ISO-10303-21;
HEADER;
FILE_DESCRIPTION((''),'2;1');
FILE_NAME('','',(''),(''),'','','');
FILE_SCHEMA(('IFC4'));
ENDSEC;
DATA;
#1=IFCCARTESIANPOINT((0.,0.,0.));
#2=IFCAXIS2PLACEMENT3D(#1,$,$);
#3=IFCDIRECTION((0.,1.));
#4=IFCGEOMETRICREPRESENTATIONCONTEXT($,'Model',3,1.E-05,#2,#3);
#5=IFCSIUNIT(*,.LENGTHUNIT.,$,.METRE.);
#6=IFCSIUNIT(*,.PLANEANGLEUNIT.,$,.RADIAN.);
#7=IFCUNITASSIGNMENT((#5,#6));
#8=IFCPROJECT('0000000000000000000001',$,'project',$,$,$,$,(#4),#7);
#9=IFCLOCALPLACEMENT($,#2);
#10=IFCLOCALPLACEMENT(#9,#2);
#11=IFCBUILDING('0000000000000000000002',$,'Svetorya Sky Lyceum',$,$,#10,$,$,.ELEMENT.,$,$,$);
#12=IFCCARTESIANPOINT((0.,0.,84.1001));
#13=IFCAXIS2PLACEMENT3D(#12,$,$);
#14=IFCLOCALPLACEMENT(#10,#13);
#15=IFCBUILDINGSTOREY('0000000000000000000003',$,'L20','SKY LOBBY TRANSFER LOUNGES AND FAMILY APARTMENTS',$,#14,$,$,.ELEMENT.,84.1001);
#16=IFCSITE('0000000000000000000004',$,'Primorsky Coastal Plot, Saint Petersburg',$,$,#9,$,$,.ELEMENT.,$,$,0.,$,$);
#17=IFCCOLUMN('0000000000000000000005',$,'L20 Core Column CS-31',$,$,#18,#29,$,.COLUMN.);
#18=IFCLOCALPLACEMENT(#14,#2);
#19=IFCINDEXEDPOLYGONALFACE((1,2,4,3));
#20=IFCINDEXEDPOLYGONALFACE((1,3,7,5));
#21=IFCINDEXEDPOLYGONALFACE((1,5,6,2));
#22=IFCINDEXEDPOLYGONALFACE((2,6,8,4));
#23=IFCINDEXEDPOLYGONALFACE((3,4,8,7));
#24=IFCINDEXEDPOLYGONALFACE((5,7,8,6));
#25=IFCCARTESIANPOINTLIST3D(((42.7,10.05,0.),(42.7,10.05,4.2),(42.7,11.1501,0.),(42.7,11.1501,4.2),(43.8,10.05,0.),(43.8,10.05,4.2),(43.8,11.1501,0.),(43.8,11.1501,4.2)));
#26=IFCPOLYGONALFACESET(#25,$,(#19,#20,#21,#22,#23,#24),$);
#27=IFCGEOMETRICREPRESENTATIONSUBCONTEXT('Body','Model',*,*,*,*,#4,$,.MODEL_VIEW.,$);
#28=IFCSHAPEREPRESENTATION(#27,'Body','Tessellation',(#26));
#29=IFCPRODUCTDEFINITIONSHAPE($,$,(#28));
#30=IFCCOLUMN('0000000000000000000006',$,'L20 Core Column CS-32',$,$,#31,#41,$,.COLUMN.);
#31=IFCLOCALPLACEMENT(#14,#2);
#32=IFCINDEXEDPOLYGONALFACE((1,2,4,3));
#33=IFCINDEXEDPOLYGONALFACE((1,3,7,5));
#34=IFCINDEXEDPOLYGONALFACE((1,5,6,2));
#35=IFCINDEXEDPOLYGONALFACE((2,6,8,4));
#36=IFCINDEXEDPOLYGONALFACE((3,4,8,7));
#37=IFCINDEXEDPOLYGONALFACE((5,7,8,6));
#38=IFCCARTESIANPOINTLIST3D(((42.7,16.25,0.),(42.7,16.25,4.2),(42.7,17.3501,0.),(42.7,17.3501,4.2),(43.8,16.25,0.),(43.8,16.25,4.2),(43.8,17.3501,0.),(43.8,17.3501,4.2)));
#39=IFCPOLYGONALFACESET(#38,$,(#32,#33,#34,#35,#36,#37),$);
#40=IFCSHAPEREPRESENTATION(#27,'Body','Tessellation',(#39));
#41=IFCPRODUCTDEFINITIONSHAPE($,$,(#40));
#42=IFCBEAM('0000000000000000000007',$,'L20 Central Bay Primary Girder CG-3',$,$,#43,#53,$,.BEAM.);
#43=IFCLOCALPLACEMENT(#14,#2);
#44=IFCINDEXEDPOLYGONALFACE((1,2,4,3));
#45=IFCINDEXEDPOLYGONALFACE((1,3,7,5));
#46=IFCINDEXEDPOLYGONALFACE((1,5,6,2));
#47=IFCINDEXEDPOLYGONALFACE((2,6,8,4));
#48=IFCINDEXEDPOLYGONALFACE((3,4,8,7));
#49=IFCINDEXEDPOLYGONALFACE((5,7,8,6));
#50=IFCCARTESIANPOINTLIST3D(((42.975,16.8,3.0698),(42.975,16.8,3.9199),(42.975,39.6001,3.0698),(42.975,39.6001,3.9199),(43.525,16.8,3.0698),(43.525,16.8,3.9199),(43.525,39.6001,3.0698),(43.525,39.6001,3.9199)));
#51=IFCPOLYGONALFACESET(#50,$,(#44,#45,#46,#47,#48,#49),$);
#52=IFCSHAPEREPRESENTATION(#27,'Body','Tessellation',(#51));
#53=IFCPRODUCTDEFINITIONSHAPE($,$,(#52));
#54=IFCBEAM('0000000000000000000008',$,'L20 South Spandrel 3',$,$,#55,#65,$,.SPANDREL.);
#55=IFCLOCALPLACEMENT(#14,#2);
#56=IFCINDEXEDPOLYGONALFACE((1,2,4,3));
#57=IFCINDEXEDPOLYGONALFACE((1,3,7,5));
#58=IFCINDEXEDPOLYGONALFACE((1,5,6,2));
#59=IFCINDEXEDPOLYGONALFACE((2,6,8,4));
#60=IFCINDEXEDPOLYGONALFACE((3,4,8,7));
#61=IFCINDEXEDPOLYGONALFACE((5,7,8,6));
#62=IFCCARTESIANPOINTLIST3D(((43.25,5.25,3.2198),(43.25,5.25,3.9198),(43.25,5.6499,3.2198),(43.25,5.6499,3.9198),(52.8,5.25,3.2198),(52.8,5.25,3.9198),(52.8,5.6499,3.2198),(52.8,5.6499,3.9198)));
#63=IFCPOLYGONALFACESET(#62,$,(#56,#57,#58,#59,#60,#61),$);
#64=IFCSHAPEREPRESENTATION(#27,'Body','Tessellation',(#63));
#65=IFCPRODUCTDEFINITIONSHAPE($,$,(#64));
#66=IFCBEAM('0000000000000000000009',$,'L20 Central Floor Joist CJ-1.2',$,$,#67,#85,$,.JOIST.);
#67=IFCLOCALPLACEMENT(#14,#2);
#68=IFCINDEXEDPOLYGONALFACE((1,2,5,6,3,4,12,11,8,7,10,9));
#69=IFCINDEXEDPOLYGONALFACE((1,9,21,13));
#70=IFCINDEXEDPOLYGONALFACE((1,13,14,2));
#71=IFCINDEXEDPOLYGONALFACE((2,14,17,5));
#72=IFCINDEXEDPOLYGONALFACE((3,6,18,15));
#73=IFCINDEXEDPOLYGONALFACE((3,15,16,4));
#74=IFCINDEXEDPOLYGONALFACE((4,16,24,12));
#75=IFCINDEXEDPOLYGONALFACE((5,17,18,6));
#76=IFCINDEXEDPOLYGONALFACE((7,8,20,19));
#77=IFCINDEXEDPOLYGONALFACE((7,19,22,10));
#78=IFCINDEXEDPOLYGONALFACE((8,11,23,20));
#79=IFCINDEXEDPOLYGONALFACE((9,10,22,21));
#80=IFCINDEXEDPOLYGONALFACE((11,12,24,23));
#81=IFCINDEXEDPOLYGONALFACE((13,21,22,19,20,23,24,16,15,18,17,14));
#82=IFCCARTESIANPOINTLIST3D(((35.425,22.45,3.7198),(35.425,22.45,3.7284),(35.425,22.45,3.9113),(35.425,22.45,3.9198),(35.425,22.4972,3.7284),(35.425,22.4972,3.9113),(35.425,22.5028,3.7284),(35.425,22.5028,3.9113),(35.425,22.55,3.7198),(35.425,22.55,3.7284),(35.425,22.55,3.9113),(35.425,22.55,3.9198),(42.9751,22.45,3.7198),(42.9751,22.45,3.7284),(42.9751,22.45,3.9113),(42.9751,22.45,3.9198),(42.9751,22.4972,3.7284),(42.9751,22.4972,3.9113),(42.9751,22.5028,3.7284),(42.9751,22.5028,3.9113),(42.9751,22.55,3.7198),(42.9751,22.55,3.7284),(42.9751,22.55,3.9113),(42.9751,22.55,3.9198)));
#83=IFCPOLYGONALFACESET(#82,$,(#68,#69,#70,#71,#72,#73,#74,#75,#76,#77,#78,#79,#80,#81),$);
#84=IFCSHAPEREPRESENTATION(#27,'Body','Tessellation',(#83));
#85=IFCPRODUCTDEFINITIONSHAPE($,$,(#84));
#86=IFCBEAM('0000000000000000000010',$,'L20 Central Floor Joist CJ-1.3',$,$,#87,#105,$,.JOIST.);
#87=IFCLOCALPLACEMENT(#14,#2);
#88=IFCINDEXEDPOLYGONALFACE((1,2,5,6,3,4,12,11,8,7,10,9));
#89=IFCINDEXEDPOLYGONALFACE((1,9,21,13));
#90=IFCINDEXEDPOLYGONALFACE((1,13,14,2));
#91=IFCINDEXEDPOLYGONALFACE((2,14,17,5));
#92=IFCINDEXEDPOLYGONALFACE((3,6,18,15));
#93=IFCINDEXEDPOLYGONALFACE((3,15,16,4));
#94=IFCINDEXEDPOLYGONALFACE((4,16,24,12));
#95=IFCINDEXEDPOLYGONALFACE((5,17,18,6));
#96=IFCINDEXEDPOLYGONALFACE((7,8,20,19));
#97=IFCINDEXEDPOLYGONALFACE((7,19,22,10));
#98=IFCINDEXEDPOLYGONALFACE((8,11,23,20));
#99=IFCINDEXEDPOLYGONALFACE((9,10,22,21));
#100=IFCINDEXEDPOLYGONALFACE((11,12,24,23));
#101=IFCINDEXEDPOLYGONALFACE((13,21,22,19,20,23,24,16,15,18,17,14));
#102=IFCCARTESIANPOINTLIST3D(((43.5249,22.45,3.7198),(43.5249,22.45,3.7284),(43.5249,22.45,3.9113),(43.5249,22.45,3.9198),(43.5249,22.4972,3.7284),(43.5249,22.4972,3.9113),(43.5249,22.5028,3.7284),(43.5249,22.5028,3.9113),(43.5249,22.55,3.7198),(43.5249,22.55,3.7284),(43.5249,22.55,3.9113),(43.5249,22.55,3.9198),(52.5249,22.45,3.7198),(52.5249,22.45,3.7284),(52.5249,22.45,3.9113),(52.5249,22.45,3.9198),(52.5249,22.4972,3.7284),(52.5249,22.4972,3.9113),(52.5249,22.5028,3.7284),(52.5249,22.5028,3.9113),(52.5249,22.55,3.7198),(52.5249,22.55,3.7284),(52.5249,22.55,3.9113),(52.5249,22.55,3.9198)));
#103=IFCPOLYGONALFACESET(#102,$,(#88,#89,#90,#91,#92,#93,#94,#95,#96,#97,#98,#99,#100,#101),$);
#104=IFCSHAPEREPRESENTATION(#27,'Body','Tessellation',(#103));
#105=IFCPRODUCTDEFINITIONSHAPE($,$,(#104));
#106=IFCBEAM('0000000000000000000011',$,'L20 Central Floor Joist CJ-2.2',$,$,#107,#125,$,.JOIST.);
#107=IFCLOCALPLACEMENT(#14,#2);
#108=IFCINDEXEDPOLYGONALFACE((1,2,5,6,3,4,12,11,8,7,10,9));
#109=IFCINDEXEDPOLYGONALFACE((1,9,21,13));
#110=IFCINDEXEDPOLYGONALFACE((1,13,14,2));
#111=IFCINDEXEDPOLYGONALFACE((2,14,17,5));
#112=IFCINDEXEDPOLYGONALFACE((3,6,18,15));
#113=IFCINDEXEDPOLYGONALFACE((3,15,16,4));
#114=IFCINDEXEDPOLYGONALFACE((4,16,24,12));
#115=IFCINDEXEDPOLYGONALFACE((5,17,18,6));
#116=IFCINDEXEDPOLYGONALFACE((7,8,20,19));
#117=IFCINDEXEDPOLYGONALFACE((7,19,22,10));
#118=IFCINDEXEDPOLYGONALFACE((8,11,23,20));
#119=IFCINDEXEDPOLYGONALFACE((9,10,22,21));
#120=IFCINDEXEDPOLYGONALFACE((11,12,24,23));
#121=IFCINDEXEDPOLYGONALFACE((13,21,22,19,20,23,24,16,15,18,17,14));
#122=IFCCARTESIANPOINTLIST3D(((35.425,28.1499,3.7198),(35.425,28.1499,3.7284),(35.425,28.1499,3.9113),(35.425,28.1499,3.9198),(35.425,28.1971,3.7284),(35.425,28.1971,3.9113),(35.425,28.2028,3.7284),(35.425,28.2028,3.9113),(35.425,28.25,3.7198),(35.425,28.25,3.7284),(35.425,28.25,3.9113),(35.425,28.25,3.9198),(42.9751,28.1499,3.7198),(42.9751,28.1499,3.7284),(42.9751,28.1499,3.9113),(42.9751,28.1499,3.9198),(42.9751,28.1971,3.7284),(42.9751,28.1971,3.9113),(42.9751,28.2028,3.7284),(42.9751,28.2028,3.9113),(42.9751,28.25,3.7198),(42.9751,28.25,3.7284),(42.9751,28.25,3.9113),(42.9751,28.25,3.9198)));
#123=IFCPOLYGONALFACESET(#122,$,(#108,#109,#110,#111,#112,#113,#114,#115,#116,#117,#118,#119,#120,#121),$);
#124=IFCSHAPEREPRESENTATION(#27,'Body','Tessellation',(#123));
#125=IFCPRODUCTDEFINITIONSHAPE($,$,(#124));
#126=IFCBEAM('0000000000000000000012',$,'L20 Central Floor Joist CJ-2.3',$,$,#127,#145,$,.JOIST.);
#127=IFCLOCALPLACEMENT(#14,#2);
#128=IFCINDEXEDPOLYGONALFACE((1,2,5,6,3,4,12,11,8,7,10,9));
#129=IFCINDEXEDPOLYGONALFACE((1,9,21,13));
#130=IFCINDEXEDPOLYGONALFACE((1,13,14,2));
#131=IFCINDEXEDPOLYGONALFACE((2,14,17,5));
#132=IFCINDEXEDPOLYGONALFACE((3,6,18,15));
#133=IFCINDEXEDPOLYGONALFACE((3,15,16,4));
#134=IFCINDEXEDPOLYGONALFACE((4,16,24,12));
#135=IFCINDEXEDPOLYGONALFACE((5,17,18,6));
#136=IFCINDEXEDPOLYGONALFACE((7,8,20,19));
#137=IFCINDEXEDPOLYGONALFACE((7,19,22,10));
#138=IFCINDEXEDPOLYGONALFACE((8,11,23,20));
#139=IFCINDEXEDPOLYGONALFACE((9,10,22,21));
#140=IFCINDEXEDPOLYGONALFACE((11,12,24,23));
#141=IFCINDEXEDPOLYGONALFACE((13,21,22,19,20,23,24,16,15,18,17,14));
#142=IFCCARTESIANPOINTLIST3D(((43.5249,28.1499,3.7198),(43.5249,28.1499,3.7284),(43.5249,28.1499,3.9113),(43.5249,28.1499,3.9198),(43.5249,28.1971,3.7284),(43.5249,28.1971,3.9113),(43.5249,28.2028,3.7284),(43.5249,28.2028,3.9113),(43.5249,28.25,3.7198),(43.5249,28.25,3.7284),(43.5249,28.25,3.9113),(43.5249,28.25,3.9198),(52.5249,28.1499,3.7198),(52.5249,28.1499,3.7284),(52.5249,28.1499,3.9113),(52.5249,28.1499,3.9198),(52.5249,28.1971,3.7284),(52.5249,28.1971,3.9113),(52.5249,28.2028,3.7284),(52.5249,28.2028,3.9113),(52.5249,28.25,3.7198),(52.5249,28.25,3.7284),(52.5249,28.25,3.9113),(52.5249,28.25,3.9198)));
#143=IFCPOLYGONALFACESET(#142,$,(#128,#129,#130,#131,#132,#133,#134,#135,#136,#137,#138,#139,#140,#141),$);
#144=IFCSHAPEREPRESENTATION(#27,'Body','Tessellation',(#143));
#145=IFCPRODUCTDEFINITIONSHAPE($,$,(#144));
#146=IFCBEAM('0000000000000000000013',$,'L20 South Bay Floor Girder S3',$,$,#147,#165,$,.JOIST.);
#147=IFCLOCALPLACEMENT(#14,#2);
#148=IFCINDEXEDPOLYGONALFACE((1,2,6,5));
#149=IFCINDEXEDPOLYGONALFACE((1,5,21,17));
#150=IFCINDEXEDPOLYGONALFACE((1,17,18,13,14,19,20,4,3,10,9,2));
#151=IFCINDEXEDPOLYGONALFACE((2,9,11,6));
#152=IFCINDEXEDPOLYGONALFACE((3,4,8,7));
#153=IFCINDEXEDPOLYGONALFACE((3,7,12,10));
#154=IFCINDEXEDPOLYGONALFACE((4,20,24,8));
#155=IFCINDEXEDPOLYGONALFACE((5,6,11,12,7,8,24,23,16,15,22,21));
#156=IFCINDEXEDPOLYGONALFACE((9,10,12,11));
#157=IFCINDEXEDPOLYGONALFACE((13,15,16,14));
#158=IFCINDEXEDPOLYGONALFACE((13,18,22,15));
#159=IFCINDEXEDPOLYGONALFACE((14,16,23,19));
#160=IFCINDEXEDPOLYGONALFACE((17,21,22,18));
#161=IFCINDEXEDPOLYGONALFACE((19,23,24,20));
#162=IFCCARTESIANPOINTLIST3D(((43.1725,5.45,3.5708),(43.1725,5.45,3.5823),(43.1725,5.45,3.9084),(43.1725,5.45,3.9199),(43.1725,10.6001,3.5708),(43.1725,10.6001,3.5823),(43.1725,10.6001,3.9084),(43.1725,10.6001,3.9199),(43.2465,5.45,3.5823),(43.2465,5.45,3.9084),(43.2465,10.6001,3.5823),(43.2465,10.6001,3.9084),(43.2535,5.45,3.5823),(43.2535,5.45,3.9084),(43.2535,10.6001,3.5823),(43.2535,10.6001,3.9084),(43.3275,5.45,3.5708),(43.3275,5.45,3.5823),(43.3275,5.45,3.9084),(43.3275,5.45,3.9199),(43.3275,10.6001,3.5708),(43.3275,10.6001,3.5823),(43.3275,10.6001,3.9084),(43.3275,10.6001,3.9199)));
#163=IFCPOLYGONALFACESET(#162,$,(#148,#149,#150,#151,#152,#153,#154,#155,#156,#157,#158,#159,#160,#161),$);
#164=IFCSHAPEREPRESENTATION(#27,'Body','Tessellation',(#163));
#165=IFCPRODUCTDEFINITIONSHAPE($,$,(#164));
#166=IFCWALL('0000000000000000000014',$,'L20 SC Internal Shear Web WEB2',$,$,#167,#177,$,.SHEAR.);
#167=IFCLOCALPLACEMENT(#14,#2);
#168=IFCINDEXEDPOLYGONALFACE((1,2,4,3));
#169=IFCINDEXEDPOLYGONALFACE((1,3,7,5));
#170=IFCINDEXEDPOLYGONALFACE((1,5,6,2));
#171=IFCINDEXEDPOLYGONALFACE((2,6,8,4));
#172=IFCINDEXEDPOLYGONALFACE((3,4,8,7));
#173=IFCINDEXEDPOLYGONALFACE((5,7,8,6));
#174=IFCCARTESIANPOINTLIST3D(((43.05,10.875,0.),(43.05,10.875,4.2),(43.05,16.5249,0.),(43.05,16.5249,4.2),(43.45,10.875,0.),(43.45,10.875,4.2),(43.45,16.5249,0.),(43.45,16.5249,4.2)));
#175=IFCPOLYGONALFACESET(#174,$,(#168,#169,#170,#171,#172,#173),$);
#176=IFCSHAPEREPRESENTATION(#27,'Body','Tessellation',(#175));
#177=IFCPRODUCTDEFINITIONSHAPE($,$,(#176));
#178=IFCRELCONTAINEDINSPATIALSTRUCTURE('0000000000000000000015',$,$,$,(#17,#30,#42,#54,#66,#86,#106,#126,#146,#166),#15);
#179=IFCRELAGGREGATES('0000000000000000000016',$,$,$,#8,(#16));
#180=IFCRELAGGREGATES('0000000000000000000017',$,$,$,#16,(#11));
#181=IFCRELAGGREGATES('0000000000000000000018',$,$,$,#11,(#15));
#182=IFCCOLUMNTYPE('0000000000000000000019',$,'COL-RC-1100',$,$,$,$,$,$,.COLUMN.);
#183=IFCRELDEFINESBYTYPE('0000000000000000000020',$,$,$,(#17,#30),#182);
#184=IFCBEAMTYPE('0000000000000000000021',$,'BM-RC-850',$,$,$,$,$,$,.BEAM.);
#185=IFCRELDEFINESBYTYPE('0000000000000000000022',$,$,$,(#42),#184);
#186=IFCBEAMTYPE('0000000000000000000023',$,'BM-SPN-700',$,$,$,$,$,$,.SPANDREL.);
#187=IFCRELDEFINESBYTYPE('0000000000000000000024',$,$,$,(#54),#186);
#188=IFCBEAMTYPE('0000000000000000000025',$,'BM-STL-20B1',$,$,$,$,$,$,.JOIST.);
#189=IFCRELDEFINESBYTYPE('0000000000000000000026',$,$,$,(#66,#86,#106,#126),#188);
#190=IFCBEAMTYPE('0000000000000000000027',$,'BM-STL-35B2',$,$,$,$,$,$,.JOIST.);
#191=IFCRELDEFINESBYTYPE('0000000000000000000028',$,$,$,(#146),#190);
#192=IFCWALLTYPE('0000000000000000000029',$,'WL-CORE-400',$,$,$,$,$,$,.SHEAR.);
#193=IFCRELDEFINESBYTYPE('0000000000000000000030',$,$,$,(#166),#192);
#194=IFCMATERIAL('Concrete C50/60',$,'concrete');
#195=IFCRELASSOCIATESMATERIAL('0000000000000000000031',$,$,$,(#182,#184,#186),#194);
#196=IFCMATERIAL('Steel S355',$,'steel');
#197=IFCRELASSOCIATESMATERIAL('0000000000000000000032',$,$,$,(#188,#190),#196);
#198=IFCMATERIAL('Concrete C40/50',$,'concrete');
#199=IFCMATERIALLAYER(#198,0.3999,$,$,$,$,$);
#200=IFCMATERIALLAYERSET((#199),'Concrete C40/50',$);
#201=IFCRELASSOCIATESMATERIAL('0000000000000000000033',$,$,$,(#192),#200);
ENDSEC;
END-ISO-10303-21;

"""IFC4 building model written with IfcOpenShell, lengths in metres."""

from ifc_helpers import new_model, si_unit, direction, frame, frame_2d, origin, origin_2d, place, context, subcontext, project, spatial, rectangle, i_section, extrude, material, layer, layer_set, material_profile, profile_set, type_object, element, save


model = new_model("IFC4")

# Units and contexts
model_context = context("Model", 3, precision=1e-05, world=origin(), true_north=direction((0.0, 1.0)))
body_context = subcontext(model_context, "Body", "Model", "MODEL_VIEW")
ifc_project = project(units=[si_unit("LENGTHUNIT", "METRE"), si_unit("PLANEANGLEUNIT", "RADIAN")], contexts=[model_context])

# Site, building, storey
site_placement = place(None, origin())
site = spatial("IfcSite", under=ifc_project, at=site_placement, Name="Primorsky Coastal Plot, Saint Petersburg", CompositionType="ELEMENT", RefElevation=0.0)
building_placement = place(site_placement, origin())
building = spatial("IfcBuilding", under=site, at=building_placement, Name="Svetorya Sky Lyceum", CompositionType="ELEMENT")
storey_placement = place(building_placement, frame((0.0, 0.0, 84.1001)))
storey = spatial("IfcBuildingStorey", under=building, at=storey_placement, Name="L20", Description="SKY LOBBY TRANSFER LOUNGES AND FAMILY APARTMENTS", CompositionType="ELEMENT", Elevation=84.1001)

# Columns
ifc_material_1 = material(Name="Concrete C50/60", Category="concrete")
ifc_material_profile_1 = material_profile(ifc_material_1, rectangle(XDim=1.1001, YDim=1.1001, at=origin_2d()), Name="RC COL 1100x1100")
ifc_profile_set_1 = profile_set([ifc_material_profile_1], Name="Concrete C50/60")
column_type = type_object("IfcColumnType", Name="COL-RC-1100", PredefinedType="COLUMN", material=ifc_profile_set_1)
for number, where, z_axis, x_axis, name in (
    (1, (43.25, 10.6001, 0.0), (0.0, 0.0, 1.0), (1.0, 0.0, 0.0), "L20 Core Column CS-31"),
    (2, (43.25, 16.8, 0.0), (0.0, 0.0, 1.0), (1.0, 0.0, 0.0), "L20 Core Column CS-32"),
):
    element("IfcColumn", number, at=place(storey_placement, frame(where, z_axis=z_axis, x_axis=x_axis)), inside=storey, type_object=column_type, Name=name, PredefinedType="COLUMN", context=body_context, shape_type="SweptSolid", body=[
        extrude(rectangle(XDim=1.1001, YDim=1.1001, at=origin_2d()), origin(), (0.0, 0.0, 1.0), 4.2),
    ])

# Beams
ifc_material_profile_2 = material_profile(ifc_material_1, rectangle(XDim=0.55, YDim=0.8501, at=origin_2d()), Name="RC BEAM 550x850")
ifc_profile_set_2 = profile_set([ifc_material_profile_2], Name="Concrete C50/60")
beam_type_1 = type_object("IfcBeamType", Name="BM-RC-850", PredefinedType="BEAM", material=ifc_profile_set_2)
beam_1_placement = place(storey_placement, frame((43.25, 16.8, 3.4949), z_axis=(0.0, 1.0, 0.0), x_axis=(-1.0, 0.0, 0.0)))
element("IfcBeam", 3, at=beam_1_placement, inside=storey, type_object=beam_type_1, Name="L20 Central Bay Primary Girder CG-3", PredefinedType="BEAM", context=body_context, shape_type="SweptSolid", body=[
    extrude(rectangle(XDim=0.55, YDim=0.8501, at=origin_2d()), origin(), (0.0, 0.0, 1.0), 22.8),
])
ifc_material_profile_3 = material_profile(ifc_material_1, rectangle(XDim=0.3999, YDim=0.7, at=origin_2d()), Name="RC SPANDREL 400x700")
ifc_profile_set_3 = profile_set([ifc_material_profile_3], Name="Concrete C50/60")
beam_type_2 = type_object("IfcBeamType", Name="BM-SPN-700", PredefinedType="SPANDREL", material=ifc_profile_set_3)
beam_2_placement = place(storey_placement, frame((43.25, 5.45, 3.5698), z_axis=(1.0, 0.0, 0.0), x_axis=(0.0, 1.0, 0.0)))
element("IfcBeam", 4, at=beam_2_placement, inside=storey, type_object=beam_type_2, Name="L20 South Spandrel 3", PredefinedType="SPANDREL", context=body_context, shape_type="SweptSolid", body=[
    extrude(rectangle(XDim=0.3999, YDim=0.7, at=origin_2d()), origin(), (0.0, 0.0, 1.0), 9.55),
])
ifc_material_2 = material(Name="Steel S355", Category="steel")
ifc_material_profile_4 = material_profile(ifc_material_2, i_section(OverallWidth=0.1001, OverallDepth=0.2, WebThickness=0.0056, FlangeThickness=0.0085, at=origin_2d()), Name="GOST 20B1")
ifc_profile_set_4 = profile_set([ifc_material_profile_4], Name="Steel S355")
beam_type_3 = type_object("IfcBeamType", Name="BM-STL-20B1", PredefinedType="JOIST", material=ifc_profile_set_4)
beam_3_placement = place(storey_placement, frame((35.425, 22.5, 3.8198), z_axis=(1.0, 0.0, 0.0), x_axis=(0.0, 1.0, 0.0)))
element("IfcBeam", 5, at=beam_3_placement, inside=storey, type_object=beam_type_3, Name="L20 Central Floor Joist CJ-1.2", PredefinedType="JOIST", context=body_context, shape_type="SweptSolid", body=[
    extrude(i_section(OverallWidth=0.1001, OverallDepth=0.2, WebThickness=0.0056, FlangeThickness=0.0085, at=origin_2d()), origin(), (0.0, 0.0, 1.0), 7.55),
])
beam_4_placement = place(storey_placement, frame((43.5249, 22.5, 3.8198), z_axis=(1.0, 0.0, 0.0), x_axis=(0.0, 1.0, 0.0)))
element("IfcBeam", 6, at=beam_4_placement, inside=storey, type_object=beam_type_3, Name="L20 Central Floor Joist CJ-1.3", PredefinedType="JOIST", context=body_context, shape_type="SweptSolid", body=[
    extrude(i_section(OverallWidth=0.1001, OverallDepth=0.2, WebThickness=0.0056, FlangeThickness=0.0085, at=origin_2d()), origin(), (0.0, 0.0, 1.0), 9.0),
])
beam_5_placement = place(storey_placement, frame((35.425, 28.2, 3.8198), z_axis=(1.0, 0.0, 0.0), x_axis=(0.0, 1.0, 0.0)))
element("IfcBeam", 7, at=beam_5_placement, inside=storey, type_object=beam_type_3, Name="L20 Central Floor Joist CJ-2.2", PredefinedType="JOIST", context=body_context, shape_type="SweptSolid", body=[
    extrude(i_section(OverallWidth=0.1001, OverallDepth=0.2, WebThickness=0.0056, FlangeThickness=0.0085, at=origin_2d()), origin(), (0.0, 0.0, 1.0), 7.55),
])
beam_6_placement = place(storey_placement, frame((43.5249, 28.2, 3.8198), z_axis=(1.0, 0.0, 0.0), x_axis=(0.0, 1.0, 0.0)))
element("IfcBeam", 8, at=beam_6_placement, inside=storey, type_object=beam_type_3, Name="L20 Central Floor Joist CJ-2.3", PredefinedType="JOIST", context=body_context, shape_type="SweptSolid", body=[
    extrude(i_section(OverallWidth=0.1001, OverallDepth=0.2, WebThickness=0.0056, FlangeThickness=0.0085, at=origin_2d()), origin(), (0.0, 0.0, 1.0), 9.0),
])
ifc_material_profile_5 = material_profile(ifc_material_2, i_section(OverallWidth=0.155, OverallDepth=0.3491, WebThickness=0.0071, FlangeThickness=0.0115, at=origin_2d()), Name="GOST 35B2")
ifc_profile_set_5 = profile_set([ifc_material_profile_5], Name="Steel S355")
beam_type_4 = type_object("IfcBeamType", Name="BM-STL-35B2", PredefinedType="JOIST", material=ifc_profile_set_5)
beam_7_placement = place(storey_placement, frame((43.25, 5.45, 3.7454), z_axis=(0.0, 1.0, 0.0), x_axis=(-1.0, 0.0, 0.0)))
element("IfcBeam", 9, at=beam_7_placement, inside=storey, type_object=beam_type_4, Name="L20 South Bay Floor Girder S3", PredefinedType="JOIST", context=body_context, shape_type="SweptSolid", body=[
    extrude(i_section(OverallWidth=0.155, OverallDepth=0.3491, WebThickness=0.0071, FlangeThickness=0.0115, at=origin_2d()), origin(), (0.0, 0.0, 1.0), 5.1501),
])

# Wall
ifc_material_3 = material(Name="Concrete C40/50", Category="concrete")
ifc_layer_1 = layer(ifc_material_3, 0.3999)
ifc_layer_set_1 = layer_set([ifc_layer_1], Name="Concrete C40/50")
wall_type_1 = type_object("IfcWallType", Name="WL-CORE-400", PredefinedType="SHEAR", material=ifc_layer_set_1)
wall_1_placement = place(storey_placement, frame((43.25, 10.875, 0.0), z_axis=(0.0, 0.0, 1.0), x_axis=(0.0, 1.0, 0.0)))
element("IfcWall", 10, at=wall_1_placement, inside=storey, type_object=wall_type_1, Name="L20 SC Internal Shear Web WEB2", PredefinedType="SHEAR", context=body_context, shape_type="SweptSolid", body=[
    extrude(rectangle(XDim=5.6499, YDim=0.3999, at=frame_2d((2.825, 0.0))), origin(), (0.0, 0.0, 1.0), 4.2),
])

save(model, "model.ifc")
